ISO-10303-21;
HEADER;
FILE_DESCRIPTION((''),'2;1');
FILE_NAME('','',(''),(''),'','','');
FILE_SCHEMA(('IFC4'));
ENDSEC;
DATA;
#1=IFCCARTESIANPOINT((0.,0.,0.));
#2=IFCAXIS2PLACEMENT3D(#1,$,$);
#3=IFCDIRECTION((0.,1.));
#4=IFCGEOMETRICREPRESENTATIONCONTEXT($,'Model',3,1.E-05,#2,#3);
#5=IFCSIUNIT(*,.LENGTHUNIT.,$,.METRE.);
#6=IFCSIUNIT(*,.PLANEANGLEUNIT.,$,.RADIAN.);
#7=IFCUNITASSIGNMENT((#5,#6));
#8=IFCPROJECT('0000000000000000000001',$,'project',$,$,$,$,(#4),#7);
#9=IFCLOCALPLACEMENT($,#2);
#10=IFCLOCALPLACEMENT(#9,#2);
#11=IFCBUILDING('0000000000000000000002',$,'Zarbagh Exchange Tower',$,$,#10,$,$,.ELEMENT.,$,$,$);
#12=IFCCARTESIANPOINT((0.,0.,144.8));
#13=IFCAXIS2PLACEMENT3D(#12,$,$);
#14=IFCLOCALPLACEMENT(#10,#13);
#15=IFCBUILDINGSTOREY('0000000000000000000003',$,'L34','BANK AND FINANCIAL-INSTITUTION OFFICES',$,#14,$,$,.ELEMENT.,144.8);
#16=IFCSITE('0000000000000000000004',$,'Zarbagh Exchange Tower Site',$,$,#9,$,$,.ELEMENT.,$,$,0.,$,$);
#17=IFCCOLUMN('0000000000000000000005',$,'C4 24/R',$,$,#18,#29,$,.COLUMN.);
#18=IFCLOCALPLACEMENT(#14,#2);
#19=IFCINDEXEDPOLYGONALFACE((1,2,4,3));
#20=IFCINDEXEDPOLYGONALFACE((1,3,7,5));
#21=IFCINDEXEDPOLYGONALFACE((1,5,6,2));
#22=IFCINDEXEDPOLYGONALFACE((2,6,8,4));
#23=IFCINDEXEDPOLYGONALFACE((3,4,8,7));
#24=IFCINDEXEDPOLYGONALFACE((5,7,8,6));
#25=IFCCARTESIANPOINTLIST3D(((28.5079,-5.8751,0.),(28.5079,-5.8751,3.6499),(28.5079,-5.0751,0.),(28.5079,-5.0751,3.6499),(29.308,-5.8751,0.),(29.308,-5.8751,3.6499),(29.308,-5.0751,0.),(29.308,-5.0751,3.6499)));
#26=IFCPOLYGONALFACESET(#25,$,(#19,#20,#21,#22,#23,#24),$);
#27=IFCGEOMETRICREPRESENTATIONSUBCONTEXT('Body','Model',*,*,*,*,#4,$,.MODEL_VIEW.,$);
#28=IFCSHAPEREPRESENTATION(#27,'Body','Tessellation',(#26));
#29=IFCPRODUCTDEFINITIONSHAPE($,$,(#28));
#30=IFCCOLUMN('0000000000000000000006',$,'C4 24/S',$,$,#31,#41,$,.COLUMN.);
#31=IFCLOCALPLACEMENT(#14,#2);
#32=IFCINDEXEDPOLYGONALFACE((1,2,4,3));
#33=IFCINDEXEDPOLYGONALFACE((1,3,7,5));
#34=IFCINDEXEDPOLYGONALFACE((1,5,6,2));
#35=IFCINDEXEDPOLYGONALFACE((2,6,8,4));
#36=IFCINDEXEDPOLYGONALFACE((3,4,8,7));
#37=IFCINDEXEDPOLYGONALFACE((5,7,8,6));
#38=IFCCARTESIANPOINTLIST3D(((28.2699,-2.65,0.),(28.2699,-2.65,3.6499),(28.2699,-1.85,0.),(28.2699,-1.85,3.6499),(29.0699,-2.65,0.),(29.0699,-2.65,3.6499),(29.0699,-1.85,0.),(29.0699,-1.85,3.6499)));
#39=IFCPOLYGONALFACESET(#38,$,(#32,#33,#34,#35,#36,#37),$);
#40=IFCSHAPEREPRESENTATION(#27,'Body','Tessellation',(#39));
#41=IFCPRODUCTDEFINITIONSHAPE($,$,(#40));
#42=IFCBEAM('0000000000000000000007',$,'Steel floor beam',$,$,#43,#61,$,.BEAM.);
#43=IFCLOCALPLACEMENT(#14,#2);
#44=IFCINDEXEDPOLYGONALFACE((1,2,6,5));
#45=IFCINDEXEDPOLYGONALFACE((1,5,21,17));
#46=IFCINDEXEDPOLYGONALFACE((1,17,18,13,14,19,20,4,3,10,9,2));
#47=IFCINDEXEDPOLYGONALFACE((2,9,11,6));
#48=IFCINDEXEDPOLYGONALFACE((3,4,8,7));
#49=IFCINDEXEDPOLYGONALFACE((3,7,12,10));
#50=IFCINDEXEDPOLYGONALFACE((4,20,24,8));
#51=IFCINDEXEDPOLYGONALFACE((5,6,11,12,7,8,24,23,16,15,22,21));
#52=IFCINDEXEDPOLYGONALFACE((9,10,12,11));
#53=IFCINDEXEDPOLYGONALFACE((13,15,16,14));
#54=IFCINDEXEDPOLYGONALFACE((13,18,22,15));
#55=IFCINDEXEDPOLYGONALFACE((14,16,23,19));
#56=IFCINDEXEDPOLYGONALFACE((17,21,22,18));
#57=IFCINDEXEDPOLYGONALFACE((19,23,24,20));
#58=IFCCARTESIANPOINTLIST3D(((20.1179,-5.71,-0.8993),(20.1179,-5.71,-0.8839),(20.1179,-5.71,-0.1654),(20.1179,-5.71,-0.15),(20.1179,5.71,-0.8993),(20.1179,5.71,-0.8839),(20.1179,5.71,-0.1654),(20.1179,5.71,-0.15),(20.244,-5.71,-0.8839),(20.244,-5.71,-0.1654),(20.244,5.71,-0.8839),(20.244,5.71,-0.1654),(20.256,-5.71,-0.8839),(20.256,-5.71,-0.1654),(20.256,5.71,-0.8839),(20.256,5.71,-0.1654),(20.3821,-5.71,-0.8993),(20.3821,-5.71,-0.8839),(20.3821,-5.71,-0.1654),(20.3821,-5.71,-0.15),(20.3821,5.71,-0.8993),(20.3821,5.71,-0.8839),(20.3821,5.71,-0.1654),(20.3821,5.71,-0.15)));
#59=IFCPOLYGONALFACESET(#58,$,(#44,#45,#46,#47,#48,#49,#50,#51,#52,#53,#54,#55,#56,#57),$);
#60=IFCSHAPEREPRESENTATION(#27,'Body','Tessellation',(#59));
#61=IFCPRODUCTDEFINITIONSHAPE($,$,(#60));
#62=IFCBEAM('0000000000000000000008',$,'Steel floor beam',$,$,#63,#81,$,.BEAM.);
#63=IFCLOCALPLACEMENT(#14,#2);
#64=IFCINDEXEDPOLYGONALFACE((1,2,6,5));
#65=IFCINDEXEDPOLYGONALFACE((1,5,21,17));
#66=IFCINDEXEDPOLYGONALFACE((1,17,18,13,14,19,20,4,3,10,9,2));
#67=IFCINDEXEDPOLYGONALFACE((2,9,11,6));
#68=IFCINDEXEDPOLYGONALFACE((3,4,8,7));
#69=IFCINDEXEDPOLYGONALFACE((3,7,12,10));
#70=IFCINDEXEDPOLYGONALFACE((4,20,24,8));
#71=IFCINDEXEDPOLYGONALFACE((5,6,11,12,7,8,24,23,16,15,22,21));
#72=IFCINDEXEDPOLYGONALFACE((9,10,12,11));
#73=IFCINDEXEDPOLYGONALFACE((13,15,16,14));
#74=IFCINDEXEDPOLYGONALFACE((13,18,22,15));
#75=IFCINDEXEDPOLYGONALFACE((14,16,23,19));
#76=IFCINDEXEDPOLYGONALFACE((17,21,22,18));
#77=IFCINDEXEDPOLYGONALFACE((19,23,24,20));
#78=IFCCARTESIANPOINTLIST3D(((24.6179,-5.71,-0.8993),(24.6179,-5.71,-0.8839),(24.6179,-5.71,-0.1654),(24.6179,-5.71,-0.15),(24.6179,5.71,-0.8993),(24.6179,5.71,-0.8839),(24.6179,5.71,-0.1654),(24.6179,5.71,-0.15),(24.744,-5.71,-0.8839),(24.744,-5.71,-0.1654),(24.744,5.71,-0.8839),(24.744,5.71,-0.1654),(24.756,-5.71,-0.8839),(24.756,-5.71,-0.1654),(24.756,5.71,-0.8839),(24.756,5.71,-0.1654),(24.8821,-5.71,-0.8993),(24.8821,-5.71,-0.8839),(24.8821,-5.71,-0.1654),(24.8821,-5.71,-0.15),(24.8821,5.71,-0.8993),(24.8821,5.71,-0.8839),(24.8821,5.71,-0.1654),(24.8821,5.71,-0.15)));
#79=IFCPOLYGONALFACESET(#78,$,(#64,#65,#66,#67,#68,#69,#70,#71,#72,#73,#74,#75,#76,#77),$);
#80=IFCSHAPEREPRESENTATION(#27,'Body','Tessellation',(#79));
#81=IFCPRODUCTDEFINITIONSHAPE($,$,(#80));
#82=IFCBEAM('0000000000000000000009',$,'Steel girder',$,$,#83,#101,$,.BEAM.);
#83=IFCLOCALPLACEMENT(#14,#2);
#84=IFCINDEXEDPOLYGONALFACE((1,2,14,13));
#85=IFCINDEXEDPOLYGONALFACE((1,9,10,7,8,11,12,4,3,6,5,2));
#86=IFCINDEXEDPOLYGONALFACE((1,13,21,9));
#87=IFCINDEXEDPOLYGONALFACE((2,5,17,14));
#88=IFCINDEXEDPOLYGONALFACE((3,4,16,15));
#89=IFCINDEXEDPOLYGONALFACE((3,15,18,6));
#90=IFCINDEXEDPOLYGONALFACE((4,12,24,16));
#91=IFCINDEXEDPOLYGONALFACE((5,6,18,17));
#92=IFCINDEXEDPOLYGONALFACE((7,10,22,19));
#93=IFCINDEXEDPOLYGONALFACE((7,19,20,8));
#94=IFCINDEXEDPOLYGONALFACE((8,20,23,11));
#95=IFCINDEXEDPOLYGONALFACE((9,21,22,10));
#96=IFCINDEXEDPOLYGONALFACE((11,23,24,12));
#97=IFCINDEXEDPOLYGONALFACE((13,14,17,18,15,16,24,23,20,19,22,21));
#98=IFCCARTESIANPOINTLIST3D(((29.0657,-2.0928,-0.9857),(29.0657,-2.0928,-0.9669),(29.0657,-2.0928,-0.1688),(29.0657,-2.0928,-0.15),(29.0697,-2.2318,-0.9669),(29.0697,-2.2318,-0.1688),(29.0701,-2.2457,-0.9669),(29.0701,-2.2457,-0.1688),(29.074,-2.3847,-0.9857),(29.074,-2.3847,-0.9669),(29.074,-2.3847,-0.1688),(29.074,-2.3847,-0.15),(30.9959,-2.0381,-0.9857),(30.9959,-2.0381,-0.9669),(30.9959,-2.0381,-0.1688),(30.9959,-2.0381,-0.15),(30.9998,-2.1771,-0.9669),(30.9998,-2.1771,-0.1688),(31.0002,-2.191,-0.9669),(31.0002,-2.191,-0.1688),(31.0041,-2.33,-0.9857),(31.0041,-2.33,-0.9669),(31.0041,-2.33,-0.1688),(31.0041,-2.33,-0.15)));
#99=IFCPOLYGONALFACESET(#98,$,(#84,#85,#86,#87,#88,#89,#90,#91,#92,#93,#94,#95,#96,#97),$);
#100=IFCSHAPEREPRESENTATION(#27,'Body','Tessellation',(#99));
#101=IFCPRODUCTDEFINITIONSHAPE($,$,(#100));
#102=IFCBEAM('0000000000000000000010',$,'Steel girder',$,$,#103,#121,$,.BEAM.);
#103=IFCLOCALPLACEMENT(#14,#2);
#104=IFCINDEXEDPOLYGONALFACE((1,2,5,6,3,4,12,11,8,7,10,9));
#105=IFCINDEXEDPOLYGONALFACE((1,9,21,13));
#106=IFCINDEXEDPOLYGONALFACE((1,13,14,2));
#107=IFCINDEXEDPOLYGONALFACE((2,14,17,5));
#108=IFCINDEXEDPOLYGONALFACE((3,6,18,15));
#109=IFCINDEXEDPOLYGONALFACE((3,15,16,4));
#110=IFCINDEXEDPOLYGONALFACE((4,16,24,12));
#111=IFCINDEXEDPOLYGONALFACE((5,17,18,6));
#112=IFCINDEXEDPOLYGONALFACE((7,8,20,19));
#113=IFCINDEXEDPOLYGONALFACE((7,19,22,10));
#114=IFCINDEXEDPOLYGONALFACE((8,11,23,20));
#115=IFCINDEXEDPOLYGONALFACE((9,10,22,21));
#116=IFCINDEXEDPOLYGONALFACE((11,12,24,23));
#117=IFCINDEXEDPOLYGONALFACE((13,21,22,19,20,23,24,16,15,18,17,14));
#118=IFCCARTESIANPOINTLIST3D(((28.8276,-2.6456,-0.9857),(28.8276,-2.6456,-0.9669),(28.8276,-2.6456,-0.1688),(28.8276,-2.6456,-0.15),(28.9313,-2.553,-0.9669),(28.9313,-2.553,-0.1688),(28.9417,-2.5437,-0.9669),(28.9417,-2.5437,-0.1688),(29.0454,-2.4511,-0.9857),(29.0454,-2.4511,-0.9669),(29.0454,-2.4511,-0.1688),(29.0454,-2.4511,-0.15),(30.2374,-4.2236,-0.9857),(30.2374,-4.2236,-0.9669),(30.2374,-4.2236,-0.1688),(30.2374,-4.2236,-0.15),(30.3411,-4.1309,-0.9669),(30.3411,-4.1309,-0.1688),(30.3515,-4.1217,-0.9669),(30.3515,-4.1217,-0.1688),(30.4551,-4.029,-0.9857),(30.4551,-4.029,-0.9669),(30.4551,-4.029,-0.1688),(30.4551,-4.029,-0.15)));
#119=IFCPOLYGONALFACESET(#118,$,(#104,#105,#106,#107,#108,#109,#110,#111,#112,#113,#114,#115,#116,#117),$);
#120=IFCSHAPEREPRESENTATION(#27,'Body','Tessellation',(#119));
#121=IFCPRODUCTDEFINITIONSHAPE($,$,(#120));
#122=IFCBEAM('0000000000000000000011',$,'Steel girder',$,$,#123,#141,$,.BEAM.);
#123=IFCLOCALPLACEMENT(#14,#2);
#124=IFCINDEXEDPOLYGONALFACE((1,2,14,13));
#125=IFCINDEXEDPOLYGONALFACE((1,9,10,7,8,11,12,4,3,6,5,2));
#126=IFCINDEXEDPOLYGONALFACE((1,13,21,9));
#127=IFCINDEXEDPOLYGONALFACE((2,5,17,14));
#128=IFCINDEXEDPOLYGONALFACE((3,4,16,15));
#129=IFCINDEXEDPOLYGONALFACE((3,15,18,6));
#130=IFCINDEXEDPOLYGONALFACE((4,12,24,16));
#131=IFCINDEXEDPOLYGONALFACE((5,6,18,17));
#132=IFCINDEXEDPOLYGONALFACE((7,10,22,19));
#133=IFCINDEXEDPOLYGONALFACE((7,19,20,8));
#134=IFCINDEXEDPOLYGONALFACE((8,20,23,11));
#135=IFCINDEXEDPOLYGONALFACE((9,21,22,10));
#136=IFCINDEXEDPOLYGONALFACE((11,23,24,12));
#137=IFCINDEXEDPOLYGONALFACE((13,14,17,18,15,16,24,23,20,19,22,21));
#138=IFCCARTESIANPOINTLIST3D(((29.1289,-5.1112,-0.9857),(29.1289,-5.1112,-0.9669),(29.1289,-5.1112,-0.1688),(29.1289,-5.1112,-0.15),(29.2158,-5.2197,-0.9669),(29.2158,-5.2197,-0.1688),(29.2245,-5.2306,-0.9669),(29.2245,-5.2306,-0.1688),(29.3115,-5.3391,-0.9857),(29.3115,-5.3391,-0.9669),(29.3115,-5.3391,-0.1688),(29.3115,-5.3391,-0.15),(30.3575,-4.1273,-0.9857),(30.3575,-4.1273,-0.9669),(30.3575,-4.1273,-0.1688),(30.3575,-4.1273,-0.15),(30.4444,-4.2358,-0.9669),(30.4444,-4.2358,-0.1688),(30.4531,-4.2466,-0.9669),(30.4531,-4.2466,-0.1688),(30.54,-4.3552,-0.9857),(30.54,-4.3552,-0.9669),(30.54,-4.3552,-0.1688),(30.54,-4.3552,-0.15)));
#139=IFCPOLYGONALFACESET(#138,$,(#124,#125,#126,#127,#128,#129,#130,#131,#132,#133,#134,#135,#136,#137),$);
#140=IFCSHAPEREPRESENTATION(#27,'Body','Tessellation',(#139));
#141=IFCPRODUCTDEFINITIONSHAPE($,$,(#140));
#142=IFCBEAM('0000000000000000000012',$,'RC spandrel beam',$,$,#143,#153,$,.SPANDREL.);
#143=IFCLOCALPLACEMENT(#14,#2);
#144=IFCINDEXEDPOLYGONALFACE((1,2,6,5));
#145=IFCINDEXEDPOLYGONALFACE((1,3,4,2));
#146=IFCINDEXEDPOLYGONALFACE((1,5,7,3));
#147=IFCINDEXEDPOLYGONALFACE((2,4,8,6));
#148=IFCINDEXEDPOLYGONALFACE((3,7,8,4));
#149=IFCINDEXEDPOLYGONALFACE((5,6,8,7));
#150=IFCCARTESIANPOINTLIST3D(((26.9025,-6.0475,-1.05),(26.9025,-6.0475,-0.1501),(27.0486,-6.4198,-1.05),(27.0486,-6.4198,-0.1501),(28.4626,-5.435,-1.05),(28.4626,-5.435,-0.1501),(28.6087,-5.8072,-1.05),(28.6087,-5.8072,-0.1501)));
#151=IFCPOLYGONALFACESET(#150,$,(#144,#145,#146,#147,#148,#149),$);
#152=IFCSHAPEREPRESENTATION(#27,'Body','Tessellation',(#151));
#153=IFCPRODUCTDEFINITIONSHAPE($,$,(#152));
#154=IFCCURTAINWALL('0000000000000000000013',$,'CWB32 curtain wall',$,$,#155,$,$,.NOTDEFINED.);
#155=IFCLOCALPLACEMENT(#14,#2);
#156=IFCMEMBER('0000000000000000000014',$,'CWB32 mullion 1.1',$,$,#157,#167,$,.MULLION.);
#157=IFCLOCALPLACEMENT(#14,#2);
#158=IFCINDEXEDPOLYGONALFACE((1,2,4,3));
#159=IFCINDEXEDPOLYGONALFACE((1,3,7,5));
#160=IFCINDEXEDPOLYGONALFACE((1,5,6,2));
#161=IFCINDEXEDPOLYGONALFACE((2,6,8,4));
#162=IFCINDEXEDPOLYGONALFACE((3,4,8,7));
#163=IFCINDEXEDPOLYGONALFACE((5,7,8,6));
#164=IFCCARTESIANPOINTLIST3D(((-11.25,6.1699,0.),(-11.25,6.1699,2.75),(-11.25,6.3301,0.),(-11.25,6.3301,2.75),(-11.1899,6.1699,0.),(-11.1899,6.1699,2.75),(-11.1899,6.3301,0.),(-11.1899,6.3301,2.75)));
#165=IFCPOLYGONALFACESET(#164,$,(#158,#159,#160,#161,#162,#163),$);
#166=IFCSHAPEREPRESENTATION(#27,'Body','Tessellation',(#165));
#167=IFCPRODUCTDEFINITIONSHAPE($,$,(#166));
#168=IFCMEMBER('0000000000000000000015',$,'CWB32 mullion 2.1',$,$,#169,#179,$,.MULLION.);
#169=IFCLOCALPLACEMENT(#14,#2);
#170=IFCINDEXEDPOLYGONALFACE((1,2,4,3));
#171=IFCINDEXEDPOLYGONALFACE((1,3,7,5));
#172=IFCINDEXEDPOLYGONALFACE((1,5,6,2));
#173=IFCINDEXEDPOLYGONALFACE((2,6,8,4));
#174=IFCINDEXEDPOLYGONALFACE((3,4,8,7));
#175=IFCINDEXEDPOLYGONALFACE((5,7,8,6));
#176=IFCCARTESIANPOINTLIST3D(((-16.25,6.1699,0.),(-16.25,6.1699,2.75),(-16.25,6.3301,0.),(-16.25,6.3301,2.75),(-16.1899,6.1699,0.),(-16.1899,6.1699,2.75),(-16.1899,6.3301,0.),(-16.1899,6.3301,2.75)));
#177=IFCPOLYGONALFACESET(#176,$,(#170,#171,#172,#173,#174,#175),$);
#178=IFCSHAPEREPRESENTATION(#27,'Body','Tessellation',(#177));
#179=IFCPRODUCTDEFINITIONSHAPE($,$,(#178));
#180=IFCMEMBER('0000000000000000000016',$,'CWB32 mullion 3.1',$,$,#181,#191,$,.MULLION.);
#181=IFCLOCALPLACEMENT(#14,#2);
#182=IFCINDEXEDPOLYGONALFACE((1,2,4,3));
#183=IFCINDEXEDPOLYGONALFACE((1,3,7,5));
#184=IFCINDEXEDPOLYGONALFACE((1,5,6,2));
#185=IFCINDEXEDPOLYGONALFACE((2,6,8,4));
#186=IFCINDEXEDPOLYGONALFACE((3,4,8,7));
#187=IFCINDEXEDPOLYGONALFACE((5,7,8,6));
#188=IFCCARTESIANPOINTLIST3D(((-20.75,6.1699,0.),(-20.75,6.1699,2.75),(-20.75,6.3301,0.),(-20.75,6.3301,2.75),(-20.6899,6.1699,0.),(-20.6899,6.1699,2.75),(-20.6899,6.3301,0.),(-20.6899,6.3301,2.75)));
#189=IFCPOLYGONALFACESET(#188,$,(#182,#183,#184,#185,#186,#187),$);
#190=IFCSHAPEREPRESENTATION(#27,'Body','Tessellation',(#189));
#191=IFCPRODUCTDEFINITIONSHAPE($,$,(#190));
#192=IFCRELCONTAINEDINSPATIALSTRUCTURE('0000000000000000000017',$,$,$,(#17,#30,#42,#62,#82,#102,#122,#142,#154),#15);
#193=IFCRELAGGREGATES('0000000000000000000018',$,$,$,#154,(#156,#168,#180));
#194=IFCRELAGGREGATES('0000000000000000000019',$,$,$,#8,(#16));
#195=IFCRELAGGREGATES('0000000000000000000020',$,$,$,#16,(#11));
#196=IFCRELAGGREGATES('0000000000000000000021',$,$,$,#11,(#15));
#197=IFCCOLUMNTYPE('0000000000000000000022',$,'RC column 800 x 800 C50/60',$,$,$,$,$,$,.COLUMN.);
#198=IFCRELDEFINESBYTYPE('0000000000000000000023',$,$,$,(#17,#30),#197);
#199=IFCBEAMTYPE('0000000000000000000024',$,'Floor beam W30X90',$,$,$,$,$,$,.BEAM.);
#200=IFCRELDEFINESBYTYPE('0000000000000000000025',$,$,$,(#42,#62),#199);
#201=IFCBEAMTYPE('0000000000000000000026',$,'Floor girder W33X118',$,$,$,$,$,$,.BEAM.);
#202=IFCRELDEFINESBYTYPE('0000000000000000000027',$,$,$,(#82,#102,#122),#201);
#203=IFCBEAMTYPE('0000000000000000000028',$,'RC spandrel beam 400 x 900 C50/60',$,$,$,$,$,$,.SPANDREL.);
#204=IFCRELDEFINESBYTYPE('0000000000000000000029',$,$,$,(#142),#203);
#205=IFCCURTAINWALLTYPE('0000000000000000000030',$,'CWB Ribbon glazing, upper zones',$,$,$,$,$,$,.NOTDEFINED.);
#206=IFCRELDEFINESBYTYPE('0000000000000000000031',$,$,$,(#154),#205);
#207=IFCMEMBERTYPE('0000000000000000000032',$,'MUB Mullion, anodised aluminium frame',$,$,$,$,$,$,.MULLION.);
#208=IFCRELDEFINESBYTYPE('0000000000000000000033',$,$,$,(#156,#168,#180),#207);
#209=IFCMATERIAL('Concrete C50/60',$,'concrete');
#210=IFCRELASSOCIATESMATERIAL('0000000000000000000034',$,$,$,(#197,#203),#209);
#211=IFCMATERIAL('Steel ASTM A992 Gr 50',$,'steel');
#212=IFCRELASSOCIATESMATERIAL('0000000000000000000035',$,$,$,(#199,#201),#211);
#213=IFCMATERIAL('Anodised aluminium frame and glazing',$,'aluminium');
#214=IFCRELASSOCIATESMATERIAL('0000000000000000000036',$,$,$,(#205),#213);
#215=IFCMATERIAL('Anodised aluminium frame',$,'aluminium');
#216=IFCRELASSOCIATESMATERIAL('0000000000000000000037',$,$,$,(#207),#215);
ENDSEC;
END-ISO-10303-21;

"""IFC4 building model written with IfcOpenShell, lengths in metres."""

from ifc_helpers import new_model, si_unit, direction, frame, origin, origin_2d, place, context, subcontext, project, spatial, polyline, rectangle, i_section, outline, extrude, source, transform, mapped, material, material_profile, profile_set, type_object, element, aggregate, save


model = new_model("IFC4")

# Units and contexts
model_context = context("Model", 3, precision=1e-05, world=origin(), true_north=direction((0.0, 1.0)))
body_context = subcontext(model_context, "Body", "Model", "MODEL_VIEW")
ifc_project = project(units=[si_unit("LENGTHUNIT", "METRE"), si_unit("PLANEANGLEUNIT", "RADIAN")], contexts=[model_context])

# Site, building, storey
site_placement = place(None, origin())
site = spatial("IfcSite", under=ifc_project, at=site_placement, Name="Zarbagh Exchange Tower Site", CompositionType="ELEMENT", RefElevation=0.0)
building_placement = place(site_placement, origin())
building = spatial("IfcBuilding", under=site, at=building_placement, Name="Zarbagh Exchange Tower", CompositionType="ELEMENT")
storey_placement = place(building_placement, frame((0.0, 0.0, 144.8)))
storey = spatial("IfcBuildingStorey", under=building, at=storey_placement, Name="L34", Description="BANK AND FINANCIAL-INSTITUTION OFFICES", CompositionType="ELEMENT", Elevation=144.8)

# Columns
ifc_material_1 = material(Name="Concrete C50/60", Category="concrete")
ifc_material_profile_1 = material_profile(ifc_material_1, rectangle(XDim=0.8, YDim=0.8, at=origin_2d()), Name="RC column 800 x 800 C50/60")
ifc_profile_set_1 = profile_set([ifc_material_profile_1], Name="Concrete C50/60")
column_type = type_object("IfcColumnType", Name="RC column 800 x 800 C50/60", PredefinedType="COLUMN", material=ifc_profile_set_1)
for number, where, z_axis, x_axis, name in (
    (1, (28.908, -5.4751, 0.0), (0.0, 0.0, 1.0), (1.0, 0.0, 0.0), "C4 24/R"),
    (2, (28.6699, -2.25, 0.0), (0.0, 0.0, 1.0), (1.0, 0.0, 0.0), "C4 24/S"),
):
    element("IfcColumn", number, at=place(storey_placement, frame(where, z_axis=z_axis, x_axis=x_axis)), inside=storey, type_object=column_type, Name=name, PredefinedType="COLUMN", context=body_context, shape_type="SweptSolid", body=[
        extrude(rectangle(XDim=0.8, YDim=0.8, at=origin_2d()), origin(), (0.0, 0.0, 1.0), 3.6499),
    ])

# Beams
ifc_material_2 = material(Name="Steel ASTM A992 Gr 50", Category="steel")
ifc_material_profile_2 = material_profile(ifc_material_2, i_section(OverallWidth=0.2642, OverallDepth=0.7493, WebThickness=0.012, FlangeThickness=0.0154, at=origin_2d()), Name="W30X90")
ifc_profile_set_2 = profile_set([ifc_material_profile_2], Name="Steel ASTM A992 Gr 50")
beam_type_1 = type_object("IfcBeamType", Name="Floor beam W30X90", PredefinedType="BEAM", material=ifc_profile_set_2)
for number, where, z_axis, x_axis, name in (
    (3, (20.25, -5.71, -0.5247), (0.0, 1.0, 0.0), (-1.0, 0.0, 0.0), "Steel floor beam"),
    (4, (24.75, -5.71, -0.5247), (0.0, 1.0, 0.0), (-1.0, 0.0, 0.0), "Steel floor beam"),
):
    element("IfcBeam", number, at=place(storey_placement, frame(where, z_axis=z_axis, x_axis=x_axis)), inside=storey, type_object=beam_type_1, Name=name, PredefinedType="BEAM", context=body_context, shape_type="SweptSolid", body=[
        extrude(i_section(OverallWidth=0.2642, OverallDepth=0.7493, WebThickness=0.012, FlangeThickness=0.0154, at=origin_2d()), origin(), (0.0, 0.0, 1.0), 11.4199),
    ])
ifc_material_profile_3 = material_profile(ifc_material_2, i_section(OverallWidth=0.292, OverallDepth=0.8357, WebThickness=0.0139, FlangeThickness=0.0188, at=origin_2d()), Name="W33X118")
ifc_profile_set_3 = profile_set([ifc_material_profile_3], Name="Steel ASTM A992 Gr 50")
beam_type_2 = type_object("IfcBeamType", Name="Floor girder W33X118", PredefinedType="BEAM", material=ifc_profile_set_3)
beam_1_placement = place(storey_placement, frame((31.0, -2.1841, -0.5679), z_axis=(-0.999599, -0.028322, 0.0), x_axis=(0.028322, -0.999599, 0.0)))
element("IfcBeam", 5, at=beam_1_placement, inside=storey, type_object=beam_type_2, Name="Steel girder", PredefinedType="BEAM", context=body_context, shape_type="SweptSolid", body=[
    extrude(i_section(OverallWidth=0.292, OverallDepth=0.8357, WebThickness=0.0139, FlangeThickness=0.0188, at=origin_2d()), origin(), (0.0, 0.0, 1.0), 1.9309),
])
beam_2_placement = place(storey_placement, frame((28.9365, -2.5483, -0.5679), z_axis=(0.666238, -0.745739, 0.0), x_axis=(0.745739, 0.666238, 0.0)))
element("IfcBeam", 6, at=beam_2_placement, inside=storey, type_object=beam_type_2, Name="Steel girder", PredefinedType="BEAM", context=body_context, shape_type="SweptSolid", body=[
    extrude(i_section(OverallWidth=0.292, OverallDepth=0.8357, WebThickness=0.0139, FlangeThickness=0.0188, at=origin_2d()), origin(), (0.0, 0.0, 1.0), 2.116),
])
beam_3_placement = place(storey_placement, frame((30.4487, -4.2412, -0.5679), z_axis=(-0.780536, -0.625111, 0.0), x_axis=(0.625111, -0.780536, 0.0)))
element("IfcBeam", 7, at=beam_3_placement, inside=storey, type_object=beam_type_2, Name="Steel girder", PredefinedType="BEAM", context=body_context, shape_type="SweptSolid", body=[
    extrude(i_section(OverallWidth=0.292, OverallDepth=0.8357, WebThickness=0.0139, FlangeThickness=0.0188, at=origin_2d()), origin(), (0.0, 0.0, 1.0), 1.574),
])
ifc_material_profile_4 = material_profile(ifc_material_1, rectangle(XDim=0.3999, YDim=0.8999, at=origin_2d()), Name="RC spandrel beam 400 x 900 C50/60")
ifc_profile_set_4 = profile_set([ifc_material_profile_4], Name="Concrete C50/60")
beam_type_3 = type_object("IfcBeamType", Name="RC spandrel beam 400 x 900 C50/60", PredefinedType="SPANDREL", material=ifc_profile_set_4)
beam_4_placement = place(storey_placement, frame((28.5356, -5.6211, -0.6001), z_axis=(-0.930819, -0.365481, 0.0), x_axis=(0.365481, -0.930819, 0.0)))
element("IfcBeam", 8, at=beam_4_placement, inside=storey, type_object=beam_type_3, Name="RC spandrel beam", PredefinedType="SPANDREL", context=body_context, shape_type="SweptSolid", body=[
    extrude(rectangle(XDim=0.3999, YDim=0.8999, at=origin_2d()), origin(), (0.0, 0.0, 1.0), 1.676),
])

# Curtain wall, members
ifc_material_3 = material(Name="Anodised aluminium frame and glazing", Category="aluminium")
curtain_wall_type = type_object("IfcCurtainWallType", Name="CWB Ribbon glazing, upper zones", PredefinedType="NOTDEFINED", material=ifc_material_3)
curtain_wall_1_placement = place(storey_placement, origin())
curtain_wall_1 = element("IfcCurtainWall", 9, at=curtain_wall_1_placement, inside=storey, type_object=curtain_wall_type, Name="CWB32 curtain wall", PredefinedType="NOTDEFINED")
ifc_material_4 = material(Name="Anodised aluminium frame", Category="aluminium")
member_type_1 = type_object("IfcMemberType", Name="MUB Mullion, anodised aluminium frame", PredefinedType="MULLION", material=ifc_material_4)
shared_shape_1 = source(origin(), body_context, "Body", "SweptSolid", [
    extrude(outline(polyline([(0.0, -0.0801), (0.0601, -0.0801), (0.0601, 0.0801), (0.0, 0.0801), (0.0, -0.0801)])), origin(), (0.0, 0.0, 1.0), 2.75),
])
placement = place(storey_placement, origin())
member_1 = element("IfcMember", 10, at=placement, type_object=member_type_1, Name="CWB32 mullion 1.1", PredefinedType="MULLION", context=body_context, shape_type="MappedRepresentation", body=[
    mapped(shared_shape_1, transform((-11.1899, 6.25, 0.0), x_axis=(-1.0, 0.0, 0.0), y_axis=(0.0, -1.0, 0.0), z_axis=(0.0, 0.0, 1.0))),
])
member_2 = element("IfcMember", 11, at=placement, type_object=member_type_1, Name="CWB32 mullion 2.1", PredefinedType="MULLION", context=body_context, shape_type="MappedRepresentation", body=[
    mapped(shared_shape_1, transform((-16.1899, 6.25, 0.0), x_axis=(-1.0, 0.0, 0.0), y_axis=(0.0, -1.0, 0.0), z_axis=(0.0, 0.0, 1.0))),
])
member_3 = element("IfcMember", 12, at=placement, type_object=member_type_1, Name="CWB32 mullion 3.1", PredefinedType="MULLION", context=body_context, shape_type="MappedRepresentation", body=[
    mapped(shared_shape_1, transform((-20.6899, 6.25, 0.0), x_axis=(-1.0, 0.0, 0.0), y_axis=(0.0, -1.0, 0.0), z_axis=(0.0, 0.0, 1.0))),
])

aggregate(curtain_wall_1, [member_1, member_2, member_3])

save(model, "model.ifc")
